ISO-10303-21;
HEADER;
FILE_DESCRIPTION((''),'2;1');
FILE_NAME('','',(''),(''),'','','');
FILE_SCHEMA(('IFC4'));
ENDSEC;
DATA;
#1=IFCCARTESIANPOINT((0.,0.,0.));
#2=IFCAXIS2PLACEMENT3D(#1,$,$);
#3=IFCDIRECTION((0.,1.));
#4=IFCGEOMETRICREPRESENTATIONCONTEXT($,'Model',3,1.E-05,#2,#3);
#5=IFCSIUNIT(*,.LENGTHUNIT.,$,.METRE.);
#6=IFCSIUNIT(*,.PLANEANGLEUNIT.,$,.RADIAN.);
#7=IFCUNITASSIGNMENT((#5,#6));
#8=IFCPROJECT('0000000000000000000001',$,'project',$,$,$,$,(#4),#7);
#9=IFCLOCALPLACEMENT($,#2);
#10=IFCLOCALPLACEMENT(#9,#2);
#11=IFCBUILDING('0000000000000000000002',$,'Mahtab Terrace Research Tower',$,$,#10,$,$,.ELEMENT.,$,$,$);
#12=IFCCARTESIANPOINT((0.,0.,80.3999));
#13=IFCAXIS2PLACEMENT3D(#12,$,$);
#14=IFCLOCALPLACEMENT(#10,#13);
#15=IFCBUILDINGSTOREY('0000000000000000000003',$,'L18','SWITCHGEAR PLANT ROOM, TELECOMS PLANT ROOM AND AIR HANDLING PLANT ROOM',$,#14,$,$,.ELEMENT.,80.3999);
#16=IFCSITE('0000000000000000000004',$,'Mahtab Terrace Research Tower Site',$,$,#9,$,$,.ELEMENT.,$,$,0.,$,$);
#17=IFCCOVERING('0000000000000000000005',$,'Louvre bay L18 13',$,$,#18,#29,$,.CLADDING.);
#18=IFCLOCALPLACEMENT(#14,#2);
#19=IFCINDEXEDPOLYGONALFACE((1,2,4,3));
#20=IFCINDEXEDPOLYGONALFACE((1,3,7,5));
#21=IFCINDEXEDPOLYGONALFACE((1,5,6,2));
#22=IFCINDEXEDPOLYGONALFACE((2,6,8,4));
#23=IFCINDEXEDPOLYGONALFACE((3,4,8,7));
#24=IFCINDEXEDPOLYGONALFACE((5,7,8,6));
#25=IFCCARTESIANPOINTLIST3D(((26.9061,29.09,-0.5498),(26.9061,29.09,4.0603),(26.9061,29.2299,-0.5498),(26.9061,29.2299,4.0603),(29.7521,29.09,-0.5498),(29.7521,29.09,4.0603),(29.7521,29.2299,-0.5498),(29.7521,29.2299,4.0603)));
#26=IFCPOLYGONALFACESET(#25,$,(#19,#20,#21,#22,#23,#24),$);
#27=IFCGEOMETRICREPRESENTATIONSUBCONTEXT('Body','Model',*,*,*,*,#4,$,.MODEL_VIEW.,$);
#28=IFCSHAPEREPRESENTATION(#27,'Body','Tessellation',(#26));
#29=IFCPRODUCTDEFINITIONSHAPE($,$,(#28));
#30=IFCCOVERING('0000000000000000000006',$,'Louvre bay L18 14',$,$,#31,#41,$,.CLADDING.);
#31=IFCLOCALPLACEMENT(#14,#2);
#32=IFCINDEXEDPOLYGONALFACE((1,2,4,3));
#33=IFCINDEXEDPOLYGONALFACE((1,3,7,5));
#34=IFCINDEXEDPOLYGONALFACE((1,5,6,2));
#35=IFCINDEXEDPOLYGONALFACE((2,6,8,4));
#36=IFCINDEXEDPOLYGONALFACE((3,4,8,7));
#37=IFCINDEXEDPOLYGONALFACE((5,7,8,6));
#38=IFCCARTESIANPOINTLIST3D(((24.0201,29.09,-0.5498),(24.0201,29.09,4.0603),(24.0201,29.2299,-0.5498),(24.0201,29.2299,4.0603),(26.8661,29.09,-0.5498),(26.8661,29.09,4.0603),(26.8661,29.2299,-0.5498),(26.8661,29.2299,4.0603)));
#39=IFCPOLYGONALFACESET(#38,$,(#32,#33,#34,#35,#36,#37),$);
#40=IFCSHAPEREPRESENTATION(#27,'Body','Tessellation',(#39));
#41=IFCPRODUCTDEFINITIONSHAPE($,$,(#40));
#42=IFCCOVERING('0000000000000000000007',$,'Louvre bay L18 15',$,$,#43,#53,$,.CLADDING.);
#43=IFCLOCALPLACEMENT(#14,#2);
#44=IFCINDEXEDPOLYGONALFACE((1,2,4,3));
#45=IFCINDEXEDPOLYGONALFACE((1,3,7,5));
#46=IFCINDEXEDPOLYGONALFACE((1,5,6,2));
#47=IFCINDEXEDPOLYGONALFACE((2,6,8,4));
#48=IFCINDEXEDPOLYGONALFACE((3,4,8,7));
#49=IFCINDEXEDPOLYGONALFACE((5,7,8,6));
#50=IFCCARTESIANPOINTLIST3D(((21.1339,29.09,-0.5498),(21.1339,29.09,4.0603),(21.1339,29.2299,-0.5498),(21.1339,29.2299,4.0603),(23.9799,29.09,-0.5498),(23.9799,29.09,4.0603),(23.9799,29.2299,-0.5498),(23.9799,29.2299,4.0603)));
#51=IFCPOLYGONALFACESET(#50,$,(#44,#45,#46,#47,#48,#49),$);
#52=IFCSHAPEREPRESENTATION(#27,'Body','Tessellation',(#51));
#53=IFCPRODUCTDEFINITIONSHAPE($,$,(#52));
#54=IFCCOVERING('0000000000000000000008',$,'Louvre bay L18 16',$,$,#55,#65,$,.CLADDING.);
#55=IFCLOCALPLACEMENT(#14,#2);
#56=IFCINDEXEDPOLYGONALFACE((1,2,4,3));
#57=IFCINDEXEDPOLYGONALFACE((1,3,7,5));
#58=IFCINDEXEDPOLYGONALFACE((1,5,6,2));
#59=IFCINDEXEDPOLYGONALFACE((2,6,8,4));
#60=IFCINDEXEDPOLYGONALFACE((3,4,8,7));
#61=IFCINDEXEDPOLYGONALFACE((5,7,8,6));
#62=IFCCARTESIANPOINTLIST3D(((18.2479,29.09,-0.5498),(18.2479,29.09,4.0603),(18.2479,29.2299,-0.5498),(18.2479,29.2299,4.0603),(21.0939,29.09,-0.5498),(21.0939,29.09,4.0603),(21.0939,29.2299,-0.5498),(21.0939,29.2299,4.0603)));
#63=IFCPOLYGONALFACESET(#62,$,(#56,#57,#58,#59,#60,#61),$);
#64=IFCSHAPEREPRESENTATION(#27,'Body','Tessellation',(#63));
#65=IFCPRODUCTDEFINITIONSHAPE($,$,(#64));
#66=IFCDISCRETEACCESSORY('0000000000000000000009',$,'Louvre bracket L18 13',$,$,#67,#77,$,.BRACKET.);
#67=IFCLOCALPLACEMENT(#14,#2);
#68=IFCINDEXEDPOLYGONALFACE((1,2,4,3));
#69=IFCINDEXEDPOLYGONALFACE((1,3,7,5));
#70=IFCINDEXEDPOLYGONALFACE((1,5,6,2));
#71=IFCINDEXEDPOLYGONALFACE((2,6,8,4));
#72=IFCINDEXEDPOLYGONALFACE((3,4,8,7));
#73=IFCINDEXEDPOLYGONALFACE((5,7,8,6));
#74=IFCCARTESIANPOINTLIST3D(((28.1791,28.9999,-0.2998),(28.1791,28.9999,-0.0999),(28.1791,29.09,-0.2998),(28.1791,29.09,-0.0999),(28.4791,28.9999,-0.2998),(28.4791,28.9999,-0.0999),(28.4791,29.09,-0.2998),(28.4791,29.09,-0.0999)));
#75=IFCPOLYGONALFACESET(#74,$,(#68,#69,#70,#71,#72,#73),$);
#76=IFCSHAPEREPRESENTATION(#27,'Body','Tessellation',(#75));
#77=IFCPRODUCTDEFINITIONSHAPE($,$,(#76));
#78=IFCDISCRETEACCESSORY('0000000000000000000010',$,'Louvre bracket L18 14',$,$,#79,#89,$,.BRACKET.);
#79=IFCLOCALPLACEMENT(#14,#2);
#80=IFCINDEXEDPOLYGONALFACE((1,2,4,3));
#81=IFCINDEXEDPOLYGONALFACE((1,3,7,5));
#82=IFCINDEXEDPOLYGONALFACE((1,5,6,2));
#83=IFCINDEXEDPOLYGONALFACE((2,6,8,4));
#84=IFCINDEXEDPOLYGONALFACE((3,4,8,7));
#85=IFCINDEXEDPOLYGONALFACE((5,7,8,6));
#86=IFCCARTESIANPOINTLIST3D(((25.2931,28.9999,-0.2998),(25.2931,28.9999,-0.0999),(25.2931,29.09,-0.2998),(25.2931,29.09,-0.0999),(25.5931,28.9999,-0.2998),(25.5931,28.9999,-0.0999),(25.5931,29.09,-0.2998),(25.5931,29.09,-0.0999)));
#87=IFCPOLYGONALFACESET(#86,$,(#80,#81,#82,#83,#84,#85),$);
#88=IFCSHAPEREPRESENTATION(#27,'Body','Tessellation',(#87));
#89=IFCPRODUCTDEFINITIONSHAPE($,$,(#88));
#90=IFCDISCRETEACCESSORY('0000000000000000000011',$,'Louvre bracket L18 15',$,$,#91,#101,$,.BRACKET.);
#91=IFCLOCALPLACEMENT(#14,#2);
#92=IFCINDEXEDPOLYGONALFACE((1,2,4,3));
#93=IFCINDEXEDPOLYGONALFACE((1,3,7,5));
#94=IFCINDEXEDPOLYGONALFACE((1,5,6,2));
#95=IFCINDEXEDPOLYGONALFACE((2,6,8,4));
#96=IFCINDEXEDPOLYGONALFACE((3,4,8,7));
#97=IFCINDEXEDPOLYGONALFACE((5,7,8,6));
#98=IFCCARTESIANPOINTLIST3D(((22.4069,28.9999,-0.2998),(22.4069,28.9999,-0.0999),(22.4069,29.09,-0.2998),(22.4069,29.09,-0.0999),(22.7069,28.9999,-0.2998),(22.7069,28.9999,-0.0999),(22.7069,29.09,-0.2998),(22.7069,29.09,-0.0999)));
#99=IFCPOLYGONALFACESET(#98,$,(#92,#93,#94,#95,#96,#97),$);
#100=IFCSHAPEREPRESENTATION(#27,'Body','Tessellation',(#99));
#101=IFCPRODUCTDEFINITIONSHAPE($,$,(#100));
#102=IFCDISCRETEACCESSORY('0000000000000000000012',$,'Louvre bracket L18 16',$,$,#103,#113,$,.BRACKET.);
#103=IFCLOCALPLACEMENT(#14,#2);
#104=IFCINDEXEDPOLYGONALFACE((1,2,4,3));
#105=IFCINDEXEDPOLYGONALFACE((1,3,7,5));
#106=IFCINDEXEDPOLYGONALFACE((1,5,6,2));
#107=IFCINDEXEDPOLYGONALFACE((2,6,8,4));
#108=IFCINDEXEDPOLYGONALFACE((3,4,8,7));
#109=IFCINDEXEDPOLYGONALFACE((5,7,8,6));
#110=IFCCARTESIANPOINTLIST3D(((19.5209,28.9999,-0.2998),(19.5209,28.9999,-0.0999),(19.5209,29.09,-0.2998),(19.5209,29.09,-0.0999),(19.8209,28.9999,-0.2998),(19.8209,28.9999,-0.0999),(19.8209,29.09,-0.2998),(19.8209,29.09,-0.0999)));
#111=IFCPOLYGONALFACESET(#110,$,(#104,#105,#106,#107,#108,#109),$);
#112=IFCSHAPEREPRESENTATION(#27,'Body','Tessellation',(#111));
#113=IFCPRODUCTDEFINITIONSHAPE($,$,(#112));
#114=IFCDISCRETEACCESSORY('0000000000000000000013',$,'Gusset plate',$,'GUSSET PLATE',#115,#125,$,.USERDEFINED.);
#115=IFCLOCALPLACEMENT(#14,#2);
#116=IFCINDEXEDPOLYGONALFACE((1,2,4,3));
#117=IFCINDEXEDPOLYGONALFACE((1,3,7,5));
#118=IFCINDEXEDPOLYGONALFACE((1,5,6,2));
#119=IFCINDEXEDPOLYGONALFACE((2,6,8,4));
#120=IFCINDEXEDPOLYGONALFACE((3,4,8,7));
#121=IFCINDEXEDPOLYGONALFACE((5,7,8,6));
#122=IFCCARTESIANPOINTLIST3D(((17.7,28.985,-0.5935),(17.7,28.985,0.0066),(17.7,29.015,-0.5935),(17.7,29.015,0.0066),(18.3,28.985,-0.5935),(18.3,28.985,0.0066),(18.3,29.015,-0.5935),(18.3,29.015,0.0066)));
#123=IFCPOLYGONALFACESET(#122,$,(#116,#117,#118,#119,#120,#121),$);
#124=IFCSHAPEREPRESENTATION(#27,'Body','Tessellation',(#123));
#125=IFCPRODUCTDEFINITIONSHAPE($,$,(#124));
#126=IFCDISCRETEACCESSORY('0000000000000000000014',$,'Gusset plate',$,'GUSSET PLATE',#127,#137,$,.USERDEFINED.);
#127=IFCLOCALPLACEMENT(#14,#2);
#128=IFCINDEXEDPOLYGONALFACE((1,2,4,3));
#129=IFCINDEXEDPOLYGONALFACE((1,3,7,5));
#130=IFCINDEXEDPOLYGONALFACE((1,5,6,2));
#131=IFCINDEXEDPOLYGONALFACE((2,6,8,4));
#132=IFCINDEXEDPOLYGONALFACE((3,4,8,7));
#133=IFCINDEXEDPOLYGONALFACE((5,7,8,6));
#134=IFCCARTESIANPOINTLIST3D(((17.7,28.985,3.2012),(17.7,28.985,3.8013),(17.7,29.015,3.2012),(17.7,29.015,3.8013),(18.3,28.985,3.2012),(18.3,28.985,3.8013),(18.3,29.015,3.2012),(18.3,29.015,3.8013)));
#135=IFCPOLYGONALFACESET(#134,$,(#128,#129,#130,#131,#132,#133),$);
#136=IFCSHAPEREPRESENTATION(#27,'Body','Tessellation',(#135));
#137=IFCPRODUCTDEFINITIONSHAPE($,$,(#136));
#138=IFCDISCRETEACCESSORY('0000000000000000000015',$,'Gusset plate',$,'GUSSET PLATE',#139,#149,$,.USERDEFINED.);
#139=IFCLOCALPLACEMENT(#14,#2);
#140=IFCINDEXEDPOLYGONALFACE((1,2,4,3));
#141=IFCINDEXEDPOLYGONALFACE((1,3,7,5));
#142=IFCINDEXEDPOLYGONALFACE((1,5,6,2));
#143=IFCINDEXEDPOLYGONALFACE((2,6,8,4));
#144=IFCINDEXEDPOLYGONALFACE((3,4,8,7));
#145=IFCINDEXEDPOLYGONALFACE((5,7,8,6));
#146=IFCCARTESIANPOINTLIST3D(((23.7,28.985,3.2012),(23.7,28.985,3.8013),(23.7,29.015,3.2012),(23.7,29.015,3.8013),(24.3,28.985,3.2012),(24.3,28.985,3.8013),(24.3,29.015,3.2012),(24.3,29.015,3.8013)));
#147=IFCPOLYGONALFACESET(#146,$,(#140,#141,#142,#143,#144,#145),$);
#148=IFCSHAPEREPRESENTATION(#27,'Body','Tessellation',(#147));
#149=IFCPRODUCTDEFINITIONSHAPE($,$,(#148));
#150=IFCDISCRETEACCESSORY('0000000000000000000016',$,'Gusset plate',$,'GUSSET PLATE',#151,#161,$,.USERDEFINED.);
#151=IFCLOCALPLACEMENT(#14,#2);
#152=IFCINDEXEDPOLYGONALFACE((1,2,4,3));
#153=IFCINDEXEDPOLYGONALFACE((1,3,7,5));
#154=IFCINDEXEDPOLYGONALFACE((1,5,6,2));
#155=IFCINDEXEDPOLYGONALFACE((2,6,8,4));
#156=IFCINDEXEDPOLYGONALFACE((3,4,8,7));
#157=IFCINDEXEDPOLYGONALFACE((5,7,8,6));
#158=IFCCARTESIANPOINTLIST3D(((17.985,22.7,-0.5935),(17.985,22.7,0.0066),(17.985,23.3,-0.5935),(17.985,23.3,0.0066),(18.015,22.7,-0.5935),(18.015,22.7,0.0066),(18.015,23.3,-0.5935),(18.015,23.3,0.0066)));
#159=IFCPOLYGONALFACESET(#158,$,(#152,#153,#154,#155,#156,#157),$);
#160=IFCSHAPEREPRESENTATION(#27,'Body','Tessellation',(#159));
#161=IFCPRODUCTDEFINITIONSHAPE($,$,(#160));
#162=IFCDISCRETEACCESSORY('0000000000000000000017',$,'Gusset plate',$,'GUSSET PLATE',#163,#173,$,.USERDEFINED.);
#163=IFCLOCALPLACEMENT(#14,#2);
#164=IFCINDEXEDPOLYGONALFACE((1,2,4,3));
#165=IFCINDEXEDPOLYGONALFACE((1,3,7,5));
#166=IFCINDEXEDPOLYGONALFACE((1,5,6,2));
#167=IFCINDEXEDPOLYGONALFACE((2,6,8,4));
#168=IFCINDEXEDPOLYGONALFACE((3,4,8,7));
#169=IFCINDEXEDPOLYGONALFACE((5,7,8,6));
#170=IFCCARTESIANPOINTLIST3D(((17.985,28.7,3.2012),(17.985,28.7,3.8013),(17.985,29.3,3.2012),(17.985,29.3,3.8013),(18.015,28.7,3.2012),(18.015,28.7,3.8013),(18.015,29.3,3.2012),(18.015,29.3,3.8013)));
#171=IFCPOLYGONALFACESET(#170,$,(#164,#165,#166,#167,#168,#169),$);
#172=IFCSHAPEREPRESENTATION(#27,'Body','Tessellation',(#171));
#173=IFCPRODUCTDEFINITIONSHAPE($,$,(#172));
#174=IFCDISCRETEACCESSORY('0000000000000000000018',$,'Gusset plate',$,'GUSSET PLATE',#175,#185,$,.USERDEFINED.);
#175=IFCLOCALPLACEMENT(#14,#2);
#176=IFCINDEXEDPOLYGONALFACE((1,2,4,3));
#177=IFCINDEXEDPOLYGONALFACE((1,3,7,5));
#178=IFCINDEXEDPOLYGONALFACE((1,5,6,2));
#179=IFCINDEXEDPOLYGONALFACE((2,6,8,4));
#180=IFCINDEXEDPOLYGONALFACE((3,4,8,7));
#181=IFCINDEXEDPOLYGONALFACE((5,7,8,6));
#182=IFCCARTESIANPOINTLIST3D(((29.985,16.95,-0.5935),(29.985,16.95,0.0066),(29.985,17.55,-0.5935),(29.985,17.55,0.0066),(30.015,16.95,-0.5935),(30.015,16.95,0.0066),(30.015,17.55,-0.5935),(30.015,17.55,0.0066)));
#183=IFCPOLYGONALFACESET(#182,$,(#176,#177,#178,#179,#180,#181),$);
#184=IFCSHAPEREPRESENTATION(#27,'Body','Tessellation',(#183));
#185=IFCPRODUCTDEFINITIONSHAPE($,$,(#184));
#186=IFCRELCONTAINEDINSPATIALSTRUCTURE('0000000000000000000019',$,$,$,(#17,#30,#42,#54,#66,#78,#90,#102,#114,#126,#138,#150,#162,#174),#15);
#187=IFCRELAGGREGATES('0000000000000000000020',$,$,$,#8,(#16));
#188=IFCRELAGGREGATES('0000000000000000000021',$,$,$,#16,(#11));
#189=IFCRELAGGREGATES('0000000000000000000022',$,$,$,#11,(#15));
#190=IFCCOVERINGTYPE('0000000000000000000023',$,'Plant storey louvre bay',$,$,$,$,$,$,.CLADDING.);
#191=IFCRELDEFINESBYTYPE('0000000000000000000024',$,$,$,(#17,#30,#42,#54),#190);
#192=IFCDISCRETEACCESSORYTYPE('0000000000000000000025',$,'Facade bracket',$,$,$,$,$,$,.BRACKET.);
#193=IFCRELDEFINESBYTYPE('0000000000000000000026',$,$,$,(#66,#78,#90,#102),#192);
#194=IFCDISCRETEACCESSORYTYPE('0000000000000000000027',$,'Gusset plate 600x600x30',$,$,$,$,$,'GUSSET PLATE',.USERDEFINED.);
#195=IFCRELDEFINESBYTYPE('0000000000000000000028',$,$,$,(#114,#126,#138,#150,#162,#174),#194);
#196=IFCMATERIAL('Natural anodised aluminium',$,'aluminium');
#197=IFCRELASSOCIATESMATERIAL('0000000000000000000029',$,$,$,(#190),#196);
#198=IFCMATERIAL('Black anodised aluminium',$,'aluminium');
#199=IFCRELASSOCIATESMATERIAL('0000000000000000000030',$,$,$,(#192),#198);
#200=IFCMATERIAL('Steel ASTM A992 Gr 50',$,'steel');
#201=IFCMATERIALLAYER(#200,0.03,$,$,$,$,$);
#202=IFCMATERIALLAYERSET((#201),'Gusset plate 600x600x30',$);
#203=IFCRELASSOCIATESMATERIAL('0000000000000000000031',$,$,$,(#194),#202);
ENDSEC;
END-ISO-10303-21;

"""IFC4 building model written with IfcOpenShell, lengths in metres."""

from ifc_helpers import new_model, si_unit, direction, frame, origin, origin_2d, place, context, subcontext, project, spatial, rectangle, extrude, material, layer, layer_set, type_object, element, save


model = new_model("IFC4")

# Units and contexts
model_context = context("Model", 3, precision=1e-05, world=origin(), true_north=direction((0.0, 1.0)))
body_context = subcontext(model_context, "Body", "Model", "MODEL_VIEW")
ifc_project = project(units=[si_unit("LENGTHUNIT", "METRE"), si_unit("PLANEANGLEUNIT", "RADIAN")], contexts=[model_context])

# Site, building, storey
site_placement = place(None, origin())
site = spatial("IfcSite", under=ifc_project, at=site_placement, Name="Mahtab Terrace Research Tower Site", CompositionType="ELEMENT", RefElevation=0.0)
building_placement = place(site_placement, origin())
building = spatial("IfcBuilding", under=site, at=building_placement, Name="Mahtab Terrace Research Tower", CompositionType="ELEMENT")
storey_placement = place(building_placement, frame((0.0, 0.0, 80.3999)))
storey = spatial("IfcBuildingStorey", under=building, at=storey_placement, Name="L18", Description="SWITCHGEAR PLANT ROOM, TELECOMS PLANT ROOM AND AIR HANDLING PLANT ROOM", CompositionType="ELEMENT", Elevation=80.3999)

# Shared definitions
ifc_material_1 = material(Name="Steel ASTM A992 Gr 50", Category="steel")

# Coverings
ifc_material_2 = material(Name="Natural anodised aluminium", Category="aluminium")
covering_type = type_object("IfcCoveringType", Name="Plant storey louvre bay", PredefinedType="CLADDING", material=ifc_material_2)
for number, where, z_axis, x_axis, name in (
    (1, (28.3291, 29.1599, -0.5498), (0.0, 0.0, 1.0), (-1.0, 0.0, 0.0), "Louvre bay L18 13"),
    (2, (25.4431, 29.1599, -0.5498), (0.0, 0.0, 1.0), (-1.0, 0.0, 0.0), "Louvre bay L18 14"),
    (3, (22.5569, 29.1599, -0.5498), (0.0, 0.0, 1.0), (-1.0, 0.0, 0.0), "Louvre bay L18 15"),
    (4, (19.6709, 29.1599, -0.5498), (0.0, 0.0, 1.0), (-1.0, 0.0, 0.0), "Louvre bay L18 16"),
):
    element("IfcCovering", number, at=place(storey_placement, frame(where, z_axis=z_axis, x_axis=x_axis)), inside=storey, type_object=covering_type, Name=name, PredefinedType="CLADDING", context=body_context, shape_type="SweptSolid", body=[
        extrude(rectangle(XDim=2.8459, YDim=0.1399, at=origin_2d()), origin(), (0.0, 0.0, 1.0), 4.6101),
    ])

# Discrete accessories
ifc_material_3 = material(Name="Black anodised aluminium", Category="aluminium")
discrete_accessory_type_1 = type_object("IfcDiscreteAccessoryType", Name="Facade bracket", PredefinedType="BRACKET", material=ifc_material_3)
for number, where, z_axis, x_axis, name in (
    (5, (28.3291, 29.0449, -0.2998), (0.0, 0.0, 1.0), (-1.0, 0.0, 0.0), "Louvre bracket L18 13"),
    (6, (25.4431, 29.0449, -0.2998), (0.0, 0.0, 1.0), (-1.0, 0.0, 0.0), "Louvre bracket L18 14"),
    (7, (22.5569, 29.0449, -0.2998), (0.0, 0.0, 1.0), (-1.0, 0.0, 0.0), "Louvre bracket L18 15"),
    (8, (19.6709, 29.0449, -0.2998), (0.0, 0.0, 1.0), (-1.0, 0.0, 0.0), "Louvre bracket L18 16"),
):
    element("IfcDiscreteAccessory", number, at=place(storey_placement, frame(where, z_axis=z_axis, x_axis=x_axis)), inside=storey, type_object=discrete_accessory_type_1, Name=name, PredefinedType="BRACKET", context=body_context, shape_type="SweptSolid", body=[
        extrude(rectangle(XDim=0.3, YDim=0.0901, at=origin_2d()), origin(), (0.0, 0.0, 1.0), 0.2),
    ])
ifc_layer_1 = layer(ifc_material_1, 0.03)
ifc_layer_set_1 = layer_set([ifc_layer_1], Name="Gusset plate 600x600x30")
discrete_accessory_type_2 = type_object("IfcDiscreteAccessoryType", Name="Gusset plate 600x600x30", ElementType="GUSSET PLATE", PredefinedType="USERDEFINED", material=ifc_layer_set_1)
for number, where, z_axis, x_axis, name in (
    (9, (18.0, 29.0, -0.5935), (0.0, 0.0, 1.0), (1.0, 0.0, 0.0), "Gusset plate"),
    (10, (18.0, 29.0, 3.2012), (0.0, 0.0, 1.0), (1.0, 0.0, 0.0), "Gusset plate"),
    (11, (24.0, 29.0, 3.2012), (0.0, 0.0, 1.0), (1.0, 0.0, 0.0), "Gusset plate"),
    (12, (18.0, 23.0, -0.5935), (0.0, 0.0, 1.0), (0.0, 1.0, 0.0), "Gusset plate"),
    (13, (18.0, 29.0, 3.2012), (0.0, 0.0, 1.0), (0.0, 1.0, 0.0), "Gusset plate"),
    (14, (30.0, 17.25, -0.5935), (0.0, 0.0, 1.0), (0.0, 1.0, 0.0), "Gusset plate"),
):
    element("IfcDiscreteAccessory", number, at=place(storey_placement, frame(where, z_axis=z_axis, x_axis=x_axis)), inside=storey, type_object=discrete_accessory_type_2, Name=name, ObjectType="GUSSET PLATE", PredefinedType="USERDEFINED", context=body_context, shape_type="SweptSolid", body=[
        extrude(rectangle(XDim=0.6001, YDim=0.03, at=origin_2d()), origin(), (0.0, 0.0, 1.0), 0.6001),
    ])

save(model, "model.ifc")
